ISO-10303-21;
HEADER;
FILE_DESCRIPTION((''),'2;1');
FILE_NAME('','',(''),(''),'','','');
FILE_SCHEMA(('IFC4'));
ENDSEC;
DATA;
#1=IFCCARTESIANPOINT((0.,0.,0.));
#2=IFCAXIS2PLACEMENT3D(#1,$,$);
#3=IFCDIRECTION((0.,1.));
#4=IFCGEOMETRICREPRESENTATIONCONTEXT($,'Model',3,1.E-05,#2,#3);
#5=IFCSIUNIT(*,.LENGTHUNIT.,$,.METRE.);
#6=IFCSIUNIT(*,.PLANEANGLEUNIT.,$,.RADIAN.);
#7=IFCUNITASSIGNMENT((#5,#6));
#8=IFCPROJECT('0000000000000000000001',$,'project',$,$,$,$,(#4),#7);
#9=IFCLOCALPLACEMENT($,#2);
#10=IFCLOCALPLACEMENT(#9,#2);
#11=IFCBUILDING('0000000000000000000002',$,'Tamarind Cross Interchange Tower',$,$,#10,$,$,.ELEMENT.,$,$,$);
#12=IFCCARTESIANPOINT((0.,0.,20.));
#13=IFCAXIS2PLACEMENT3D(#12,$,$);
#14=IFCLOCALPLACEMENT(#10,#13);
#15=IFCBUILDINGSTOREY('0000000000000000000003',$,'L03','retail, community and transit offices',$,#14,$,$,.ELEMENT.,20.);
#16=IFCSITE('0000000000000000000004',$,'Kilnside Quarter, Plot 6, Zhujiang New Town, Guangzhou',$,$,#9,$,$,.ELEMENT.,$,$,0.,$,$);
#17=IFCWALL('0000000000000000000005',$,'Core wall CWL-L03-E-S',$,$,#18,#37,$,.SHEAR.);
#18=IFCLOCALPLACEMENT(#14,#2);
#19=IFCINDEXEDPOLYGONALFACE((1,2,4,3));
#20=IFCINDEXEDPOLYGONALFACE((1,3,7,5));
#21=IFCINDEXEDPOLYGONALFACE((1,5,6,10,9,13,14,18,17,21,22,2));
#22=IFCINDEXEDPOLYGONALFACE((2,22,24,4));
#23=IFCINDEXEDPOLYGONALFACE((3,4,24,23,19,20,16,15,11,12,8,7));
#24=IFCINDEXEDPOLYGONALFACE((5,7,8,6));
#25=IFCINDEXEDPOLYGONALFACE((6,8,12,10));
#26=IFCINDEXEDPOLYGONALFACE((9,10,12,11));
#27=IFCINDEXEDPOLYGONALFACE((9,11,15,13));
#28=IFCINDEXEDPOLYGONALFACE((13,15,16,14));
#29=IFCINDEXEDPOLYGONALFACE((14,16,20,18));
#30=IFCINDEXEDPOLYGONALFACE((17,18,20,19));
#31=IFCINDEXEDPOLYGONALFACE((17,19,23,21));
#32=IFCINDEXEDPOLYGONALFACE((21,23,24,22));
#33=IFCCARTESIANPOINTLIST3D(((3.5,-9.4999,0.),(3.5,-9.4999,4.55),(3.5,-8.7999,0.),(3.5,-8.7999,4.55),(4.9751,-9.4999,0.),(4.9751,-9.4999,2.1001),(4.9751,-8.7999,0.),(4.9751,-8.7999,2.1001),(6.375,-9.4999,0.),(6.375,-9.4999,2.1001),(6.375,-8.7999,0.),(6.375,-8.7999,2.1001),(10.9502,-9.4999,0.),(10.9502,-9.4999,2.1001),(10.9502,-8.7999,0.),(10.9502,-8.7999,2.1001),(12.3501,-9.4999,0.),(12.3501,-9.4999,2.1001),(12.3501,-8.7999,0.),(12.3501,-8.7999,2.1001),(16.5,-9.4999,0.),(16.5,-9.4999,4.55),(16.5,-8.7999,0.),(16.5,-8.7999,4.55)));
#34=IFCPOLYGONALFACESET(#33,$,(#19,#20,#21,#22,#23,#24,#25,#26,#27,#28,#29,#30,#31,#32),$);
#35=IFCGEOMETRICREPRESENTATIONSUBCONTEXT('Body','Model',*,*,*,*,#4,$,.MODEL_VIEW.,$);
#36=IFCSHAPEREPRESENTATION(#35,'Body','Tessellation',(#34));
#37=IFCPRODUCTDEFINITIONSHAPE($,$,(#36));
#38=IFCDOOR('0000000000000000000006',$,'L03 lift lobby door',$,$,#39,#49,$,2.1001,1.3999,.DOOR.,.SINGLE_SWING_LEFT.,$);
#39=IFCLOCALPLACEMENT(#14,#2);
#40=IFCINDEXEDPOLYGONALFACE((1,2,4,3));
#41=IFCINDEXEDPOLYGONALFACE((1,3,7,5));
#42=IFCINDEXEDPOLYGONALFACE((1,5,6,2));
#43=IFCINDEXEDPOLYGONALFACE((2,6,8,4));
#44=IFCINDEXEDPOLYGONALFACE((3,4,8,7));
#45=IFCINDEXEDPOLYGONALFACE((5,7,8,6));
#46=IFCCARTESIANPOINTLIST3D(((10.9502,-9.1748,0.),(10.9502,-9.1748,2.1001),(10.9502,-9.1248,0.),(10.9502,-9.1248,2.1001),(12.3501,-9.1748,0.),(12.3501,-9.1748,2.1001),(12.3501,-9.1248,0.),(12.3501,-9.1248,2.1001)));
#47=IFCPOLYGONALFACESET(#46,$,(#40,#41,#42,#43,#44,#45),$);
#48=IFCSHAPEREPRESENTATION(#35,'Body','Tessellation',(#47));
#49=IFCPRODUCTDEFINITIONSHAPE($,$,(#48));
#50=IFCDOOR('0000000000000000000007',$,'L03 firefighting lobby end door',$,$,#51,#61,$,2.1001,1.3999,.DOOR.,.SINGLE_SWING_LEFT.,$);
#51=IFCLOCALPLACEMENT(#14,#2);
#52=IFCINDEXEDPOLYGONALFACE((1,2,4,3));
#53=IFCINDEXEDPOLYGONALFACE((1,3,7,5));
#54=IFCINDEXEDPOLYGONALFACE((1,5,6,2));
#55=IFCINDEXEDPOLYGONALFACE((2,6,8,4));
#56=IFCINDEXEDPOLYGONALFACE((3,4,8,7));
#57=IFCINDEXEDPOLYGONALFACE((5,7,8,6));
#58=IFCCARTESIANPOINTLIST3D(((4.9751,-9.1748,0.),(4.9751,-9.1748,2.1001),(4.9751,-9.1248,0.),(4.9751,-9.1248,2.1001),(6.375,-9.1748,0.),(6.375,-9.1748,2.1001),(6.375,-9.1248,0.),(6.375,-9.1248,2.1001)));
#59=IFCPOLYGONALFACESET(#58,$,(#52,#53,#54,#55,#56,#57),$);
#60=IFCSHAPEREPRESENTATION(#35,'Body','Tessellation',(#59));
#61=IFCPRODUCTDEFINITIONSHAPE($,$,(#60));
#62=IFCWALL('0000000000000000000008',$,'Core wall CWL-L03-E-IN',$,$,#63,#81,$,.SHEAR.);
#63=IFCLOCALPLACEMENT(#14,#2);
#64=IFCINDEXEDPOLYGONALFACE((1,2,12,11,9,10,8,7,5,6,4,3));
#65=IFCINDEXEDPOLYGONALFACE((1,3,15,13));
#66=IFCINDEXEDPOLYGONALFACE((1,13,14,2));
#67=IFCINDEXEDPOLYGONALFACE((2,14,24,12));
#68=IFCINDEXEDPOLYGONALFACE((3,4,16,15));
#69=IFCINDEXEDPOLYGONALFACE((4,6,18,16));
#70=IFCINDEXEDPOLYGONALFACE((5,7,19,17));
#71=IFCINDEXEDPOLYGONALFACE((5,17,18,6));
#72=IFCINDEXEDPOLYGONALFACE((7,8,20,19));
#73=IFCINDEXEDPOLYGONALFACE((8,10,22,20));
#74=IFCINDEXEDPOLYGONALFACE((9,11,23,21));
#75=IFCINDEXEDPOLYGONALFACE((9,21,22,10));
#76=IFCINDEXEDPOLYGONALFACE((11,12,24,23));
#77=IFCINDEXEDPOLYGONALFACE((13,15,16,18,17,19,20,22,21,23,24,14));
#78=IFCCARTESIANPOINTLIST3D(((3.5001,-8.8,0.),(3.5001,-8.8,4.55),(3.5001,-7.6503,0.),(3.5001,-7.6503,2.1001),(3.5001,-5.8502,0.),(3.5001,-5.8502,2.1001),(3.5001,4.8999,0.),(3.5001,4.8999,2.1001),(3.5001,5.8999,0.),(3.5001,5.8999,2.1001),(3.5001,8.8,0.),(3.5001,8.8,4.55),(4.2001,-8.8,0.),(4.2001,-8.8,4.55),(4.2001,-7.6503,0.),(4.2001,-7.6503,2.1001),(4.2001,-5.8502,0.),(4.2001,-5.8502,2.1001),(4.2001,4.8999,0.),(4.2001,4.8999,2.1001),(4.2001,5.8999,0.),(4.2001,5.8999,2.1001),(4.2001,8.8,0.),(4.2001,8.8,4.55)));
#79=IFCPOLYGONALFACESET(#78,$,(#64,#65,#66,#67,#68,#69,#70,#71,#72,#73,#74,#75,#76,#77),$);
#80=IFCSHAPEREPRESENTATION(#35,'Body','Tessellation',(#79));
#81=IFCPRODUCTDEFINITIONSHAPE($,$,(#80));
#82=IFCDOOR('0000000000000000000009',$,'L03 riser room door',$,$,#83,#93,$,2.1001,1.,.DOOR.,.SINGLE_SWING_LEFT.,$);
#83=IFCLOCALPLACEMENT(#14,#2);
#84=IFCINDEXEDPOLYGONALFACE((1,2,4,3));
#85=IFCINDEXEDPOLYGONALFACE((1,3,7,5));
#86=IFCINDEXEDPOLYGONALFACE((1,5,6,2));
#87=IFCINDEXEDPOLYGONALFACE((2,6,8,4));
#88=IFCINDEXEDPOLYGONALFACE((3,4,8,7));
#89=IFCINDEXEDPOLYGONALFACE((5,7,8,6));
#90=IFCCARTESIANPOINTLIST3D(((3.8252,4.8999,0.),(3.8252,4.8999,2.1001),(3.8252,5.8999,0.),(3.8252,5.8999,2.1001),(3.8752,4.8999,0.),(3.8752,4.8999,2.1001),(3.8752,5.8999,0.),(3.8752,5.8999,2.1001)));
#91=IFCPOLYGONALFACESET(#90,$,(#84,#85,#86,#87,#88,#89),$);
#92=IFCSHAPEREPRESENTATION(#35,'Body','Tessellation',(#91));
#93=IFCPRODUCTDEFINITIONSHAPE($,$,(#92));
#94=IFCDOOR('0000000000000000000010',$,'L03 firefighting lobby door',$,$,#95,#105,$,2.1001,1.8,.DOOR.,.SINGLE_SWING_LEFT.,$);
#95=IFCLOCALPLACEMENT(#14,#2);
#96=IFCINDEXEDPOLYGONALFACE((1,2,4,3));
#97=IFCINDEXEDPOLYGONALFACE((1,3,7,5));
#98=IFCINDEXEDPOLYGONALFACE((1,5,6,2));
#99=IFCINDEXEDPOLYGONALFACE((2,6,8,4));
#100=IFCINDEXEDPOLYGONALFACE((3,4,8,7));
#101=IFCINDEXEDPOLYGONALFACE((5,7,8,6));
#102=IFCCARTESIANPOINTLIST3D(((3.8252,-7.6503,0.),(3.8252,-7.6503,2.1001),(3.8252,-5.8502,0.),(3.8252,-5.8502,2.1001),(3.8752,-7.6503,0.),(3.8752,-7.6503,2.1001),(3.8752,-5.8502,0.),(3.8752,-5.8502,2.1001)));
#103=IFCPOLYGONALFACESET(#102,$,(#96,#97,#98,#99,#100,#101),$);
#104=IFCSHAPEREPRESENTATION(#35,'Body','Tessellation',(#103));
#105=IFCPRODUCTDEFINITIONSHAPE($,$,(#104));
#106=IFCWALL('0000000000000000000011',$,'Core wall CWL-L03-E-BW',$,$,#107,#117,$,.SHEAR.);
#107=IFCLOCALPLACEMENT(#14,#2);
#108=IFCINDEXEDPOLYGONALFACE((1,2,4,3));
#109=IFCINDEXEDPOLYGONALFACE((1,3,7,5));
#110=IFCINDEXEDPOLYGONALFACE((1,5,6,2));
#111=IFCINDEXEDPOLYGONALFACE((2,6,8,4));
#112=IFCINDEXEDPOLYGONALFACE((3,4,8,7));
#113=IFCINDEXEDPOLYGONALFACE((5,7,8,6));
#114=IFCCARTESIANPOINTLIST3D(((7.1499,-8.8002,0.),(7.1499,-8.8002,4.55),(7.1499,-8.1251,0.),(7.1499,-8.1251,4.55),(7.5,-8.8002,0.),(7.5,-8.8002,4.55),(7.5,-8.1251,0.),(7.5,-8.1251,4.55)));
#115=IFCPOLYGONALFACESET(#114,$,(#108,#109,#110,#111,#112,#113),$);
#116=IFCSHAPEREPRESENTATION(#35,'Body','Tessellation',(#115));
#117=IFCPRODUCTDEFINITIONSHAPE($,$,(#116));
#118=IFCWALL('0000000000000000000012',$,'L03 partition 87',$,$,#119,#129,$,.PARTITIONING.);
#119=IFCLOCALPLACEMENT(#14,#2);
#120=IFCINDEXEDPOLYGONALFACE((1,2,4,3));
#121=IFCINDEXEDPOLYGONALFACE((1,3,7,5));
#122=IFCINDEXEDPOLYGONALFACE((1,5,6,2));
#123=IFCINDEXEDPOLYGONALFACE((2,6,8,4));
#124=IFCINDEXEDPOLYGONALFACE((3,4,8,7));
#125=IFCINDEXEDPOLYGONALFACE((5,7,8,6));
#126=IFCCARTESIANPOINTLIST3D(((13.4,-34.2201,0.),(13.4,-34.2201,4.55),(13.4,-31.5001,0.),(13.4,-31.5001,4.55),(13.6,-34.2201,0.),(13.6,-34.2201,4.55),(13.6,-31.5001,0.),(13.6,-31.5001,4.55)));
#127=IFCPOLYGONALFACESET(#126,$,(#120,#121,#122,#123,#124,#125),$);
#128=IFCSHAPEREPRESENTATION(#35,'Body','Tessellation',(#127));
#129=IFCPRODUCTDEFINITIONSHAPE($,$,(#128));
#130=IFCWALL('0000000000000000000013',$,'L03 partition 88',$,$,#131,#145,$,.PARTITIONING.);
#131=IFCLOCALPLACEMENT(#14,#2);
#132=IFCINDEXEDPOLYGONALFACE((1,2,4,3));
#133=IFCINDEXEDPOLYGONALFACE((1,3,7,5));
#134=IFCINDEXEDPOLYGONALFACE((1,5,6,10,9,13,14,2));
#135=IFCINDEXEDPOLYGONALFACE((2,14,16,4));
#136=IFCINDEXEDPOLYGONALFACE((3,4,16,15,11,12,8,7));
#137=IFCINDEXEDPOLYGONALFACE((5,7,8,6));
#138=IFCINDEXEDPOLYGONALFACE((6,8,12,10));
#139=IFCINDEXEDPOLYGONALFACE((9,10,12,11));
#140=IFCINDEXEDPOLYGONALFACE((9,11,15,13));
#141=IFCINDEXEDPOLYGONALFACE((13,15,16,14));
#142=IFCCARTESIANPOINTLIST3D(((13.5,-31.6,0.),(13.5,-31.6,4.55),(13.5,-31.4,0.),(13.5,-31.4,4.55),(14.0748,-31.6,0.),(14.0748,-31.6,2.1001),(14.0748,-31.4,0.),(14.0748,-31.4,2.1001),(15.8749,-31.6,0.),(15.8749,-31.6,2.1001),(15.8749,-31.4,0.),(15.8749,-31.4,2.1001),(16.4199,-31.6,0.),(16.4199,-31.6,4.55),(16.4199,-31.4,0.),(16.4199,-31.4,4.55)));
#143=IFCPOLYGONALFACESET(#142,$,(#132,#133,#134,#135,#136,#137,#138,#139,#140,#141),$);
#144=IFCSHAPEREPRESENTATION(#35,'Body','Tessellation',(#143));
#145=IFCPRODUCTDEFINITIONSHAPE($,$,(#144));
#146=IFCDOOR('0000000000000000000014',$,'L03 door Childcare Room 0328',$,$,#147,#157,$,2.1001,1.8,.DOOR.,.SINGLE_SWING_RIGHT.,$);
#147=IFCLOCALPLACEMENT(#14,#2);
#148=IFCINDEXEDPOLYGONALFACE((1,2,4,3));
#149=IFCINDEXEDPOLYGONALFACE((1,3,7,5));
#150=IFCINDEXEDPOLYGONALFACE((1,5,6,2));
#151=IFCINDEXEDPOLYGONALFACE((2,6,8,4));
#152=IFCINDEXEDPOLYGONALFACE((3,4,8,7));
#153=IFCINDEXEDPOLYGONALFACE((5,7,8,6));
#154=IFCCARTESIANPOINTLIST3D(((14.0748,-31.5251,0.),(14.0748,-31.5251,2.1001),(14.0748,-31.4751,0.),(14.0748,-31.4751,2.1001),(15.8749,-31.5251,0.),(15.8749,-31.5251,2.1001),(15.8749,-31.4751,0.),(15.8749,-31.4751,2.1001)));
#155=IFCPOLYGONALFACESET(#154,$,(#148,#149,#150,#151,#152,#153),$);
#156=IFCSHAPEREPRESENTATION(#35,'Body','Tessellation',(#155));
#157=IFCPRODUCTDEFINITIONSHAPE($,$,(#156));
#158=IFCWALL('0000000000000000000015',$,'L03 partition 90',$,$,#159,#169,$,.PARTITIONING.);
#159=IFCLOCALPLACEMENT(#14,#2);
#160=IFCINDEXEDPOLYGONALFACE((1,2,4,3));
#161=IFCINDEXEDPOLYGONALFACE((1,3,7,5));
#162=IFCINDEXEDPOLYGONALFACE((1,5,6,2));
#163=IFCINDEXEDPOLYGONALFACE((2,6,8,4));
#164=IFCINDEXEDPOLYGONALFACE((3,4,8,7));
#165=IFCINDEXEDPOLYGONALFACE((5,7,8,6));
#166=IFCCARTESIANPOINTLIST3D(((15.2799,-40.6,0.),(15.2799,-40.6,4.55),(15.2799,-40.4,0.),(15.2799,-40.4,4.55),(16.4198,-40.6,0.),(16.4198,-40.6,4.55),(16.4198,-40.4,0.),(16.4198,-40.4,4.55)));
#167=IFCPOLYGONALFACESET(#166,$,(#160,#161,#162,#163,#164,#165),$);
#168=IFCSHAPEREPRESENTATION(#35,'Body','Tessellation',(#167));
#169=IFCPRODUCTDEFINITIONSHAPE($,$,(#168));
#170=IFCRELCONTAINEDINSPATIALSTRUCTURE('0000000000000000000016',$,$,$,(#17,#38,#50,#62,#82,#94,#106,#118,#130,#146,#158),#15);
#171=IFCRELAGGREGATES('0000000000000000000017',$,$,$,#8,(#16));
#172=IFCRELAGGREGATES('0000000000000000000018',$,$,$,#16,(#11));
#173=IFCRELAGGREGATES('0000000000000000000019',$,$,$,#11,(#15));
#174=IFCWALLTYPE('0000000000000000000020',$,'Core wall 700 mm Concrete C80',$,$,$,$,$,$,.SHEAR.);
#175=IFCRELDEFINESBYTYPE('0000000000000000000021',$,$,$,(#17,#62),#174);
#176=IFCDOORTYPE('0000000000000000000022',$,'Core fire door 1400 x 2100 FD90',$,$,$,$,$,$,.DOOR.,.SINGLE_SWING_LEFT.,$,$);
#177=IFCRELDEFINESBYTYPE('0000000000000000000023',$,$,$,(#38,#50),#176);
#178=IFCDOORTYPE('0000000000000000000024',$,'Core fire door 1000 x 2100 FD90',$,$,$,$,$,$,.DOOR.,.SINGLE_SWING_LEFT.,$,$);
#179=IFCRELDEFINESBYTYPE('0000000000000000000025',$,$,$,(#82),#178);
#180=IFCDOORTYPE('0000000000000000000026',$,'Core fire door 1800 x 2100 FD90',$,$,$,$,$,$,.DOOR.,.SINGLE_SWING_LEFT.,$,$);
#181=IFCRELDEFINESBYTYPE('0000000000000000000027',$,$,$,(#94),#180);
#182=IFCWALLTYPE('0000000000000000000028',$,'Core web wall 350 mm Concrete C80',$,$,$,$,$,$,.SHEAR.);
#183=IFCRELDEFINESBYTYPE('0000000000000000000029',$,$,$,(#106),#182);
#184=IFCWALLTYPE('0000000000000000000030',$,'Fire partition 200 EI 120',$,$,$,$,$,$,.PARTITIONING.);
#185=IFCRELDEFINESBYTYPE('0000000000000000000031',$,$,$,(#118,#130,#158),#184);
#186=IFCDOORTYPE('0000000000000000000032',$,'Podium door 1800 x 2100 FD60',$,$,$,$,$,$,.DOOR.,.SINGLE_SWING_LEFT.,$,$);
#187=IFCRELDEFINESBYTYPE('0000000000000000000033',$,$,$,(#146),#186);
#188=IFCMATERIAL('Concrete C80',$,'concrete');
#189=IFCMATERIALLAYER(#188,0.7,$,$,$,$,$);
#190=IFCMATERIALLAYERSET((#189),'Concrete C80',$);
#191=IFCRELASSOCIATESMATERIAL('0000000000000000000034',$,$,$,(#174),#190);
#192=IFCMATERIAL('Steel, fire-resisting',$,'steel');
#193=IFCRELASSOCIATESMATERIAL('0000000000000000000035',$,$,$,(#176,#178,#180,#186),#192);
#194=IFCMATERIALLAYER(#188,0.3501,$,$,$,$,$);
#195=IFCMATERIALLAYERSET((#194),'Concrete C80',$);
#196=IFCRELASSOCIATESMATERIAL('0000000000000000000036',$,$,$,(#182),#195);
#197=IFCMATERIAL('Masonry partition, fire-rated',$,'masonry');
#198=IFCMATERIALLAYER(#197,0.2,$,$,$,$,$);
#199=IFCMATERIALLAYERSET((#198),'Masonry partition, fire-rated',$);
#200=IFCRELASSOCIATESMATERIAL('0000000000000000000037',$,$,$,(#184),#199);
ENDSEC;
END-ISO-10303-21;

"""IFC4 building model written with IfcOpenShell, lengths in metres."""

from ifc_helpers import new_model, si_unit, direction, frame, frame_2d, origin, place, context, subcontext, project, spatial, rectangle, extrude, material, layer, layer_set, type_object, element, fill, save


model = new_model("IFC4")

# Units and contexts
model_context = context("Model", 3, precision=1e-05, world=origin(), true_north=direction((0.0, 1.0)))
body_context = subcontext(model_context, "Body", "Model", "MODEL_VIEW")
ifc_project = project(units=[si_unit("LENGTHUNIT", "METRE"), si_unit("PLANEANGLEUNIT", "RADIAN")], contexts=[model_context])

# Site, building, storey
site_placement = place(None, origin())
site = spatial("IfcSite", under=ifc_project, at=site_placement, Name="Kilnside Quarter, Plot 6, Zhujiang New Town, Guangzhou", CompositionType="ELEMENT", RefElevation=0.0)
building_placement = place(site_placement, origin())
building = spatial("IfcBuilding", under=site, at=building_placement, Name="Tamarind Cross Interchange Tower", CompositionType="ELEMENT")
storey_placement = place(building_placement, frame((0.0, 0.0, 20.0)))
storey = spatial("IfcBuildingStorey", under=building, at=storey_placement, Name="L03", Description="retail, community and transit offices", CompositionType="ELEMENT", Elevation=20.0)

# Shared definitions
ifc_material_1 = material(Name="Concrete C80", Category="concrete")

# Walls, openings, doors
ifc_layer_1 = layer(ifc_material_1, 0.7)
ifc_layer_set_1 = layer_set([ifc_layer_1], Name="Concrete C80")
wall_type_1 = type_object("IfcWallType", Name="Core wall 700 mm Concrete C80", PredefinedType="SHEAR", material=ifc_layer_set_1)
wall_1_placement = place(storey_placement, frame((16.5, -9.1499, 0.0), z_axis=(0.0, 0.0, 1.0), x_axis=(-1.0, 0.0, 0.0)))
wall_1 = element("IfcWall", 1, at=wall_1_placement, inside=storey, type_object=wall_type_1, Name="Core wall CWL-L03-E-S", PredefinedType="SHEAR", context=body_context, shape_type="SweptSolid", body=[
    extrude(rectangle(XDim=13.0, YDim=0.7, at=frame_2d((6.5, 0.0))), origin(), (0.0, 0.0, 1.0), 4.55),
])
opening_1_placement = place(wall_1_placement, frame((4.1499, 0.0, 0.0)))
opening_1 = element("IfcOpeningElement", 2, at=opening_1_placement, cuts=wall_1, PredefinedType="OPENING", context=body_context, shape_type="SweptSolid", body=[
    extrude(rectangle(XDim=1.3999, YDim=2.1001, at=frame_2d((0.7, 1.05))), frame((0.0, 0.3599, 0.0), z_axis=(0.0, -1.0, 0.0), x_axis=(1.0, 0.0, 0.0)), (0.0, 0.0, 1.0), 0.72),
])
opening_2_placement = place(wall_1_placement, frame((10.125, 0.0, 0.0)))
opening_2 = element("IfcOpeningElement", 3, at=opening_2_placement, cuts=wall_1, PredefinedType="OPENING", context=body_context, shape_type="SweptSolid", body=[
    extrude(rectangle(XDim=1.3999, YDim=2.1001, at=frame_2d((0.7, 1.05))), frame((0.0, 0.3599, 0.0), z_axis=(0.0, -1.0, 0.0), x_axis=(1.0, 0.0, 0.0)), (0.0, 0.0, 1.0), 0.72),
])
ifc_material_2 = material(Name="Steel, fire-resisting", Category="steel")
door_type_1 = type_object("IfcDoorType", Name="Core fire door 1400 x 2100 FD90", OperationType="SINGLE_SWING_LEFT", PredefinedType="DOOR", material=ifc_material_2)
door_1_placement = place(opening_1_placement, origin())
door_1 = element("IfcDoor", 4, at=door_1_placement, inside=storey, type_object=door_type_1, Name="L03 lift lobby door", OperationType="SINGLE_SWING_LEFT", OverallHeight=2.1001, OverallWidth=1.3999, PredefinedType="DOOR", context=body_context, shape_type="SweptSolid", body=[
    extrude(rectangle(XDim=1.3999, YDim=2.1001, at=frame_2d((0.7, 1.05))), frame((0.0, 0.0249, 0.0), z_axis=(0.0, -1.0, 0.0), x_axis=(1.0, 0.0, 0.0)), (0.0, 0.0, 1.0), 0.05),
])
fill(opening_1, door_1)
door_2_placement = place(opening_2_placement, origin())
door_2 = element("IfcDoor", 5, at=door_2_placement, inside=storey, type_object=door_type_1, Name="L03 firefighting lobby end door", OperationType="SINGLE_SWING_LEFT", OverallHeight=2.1001, OverallWidth=1.3999, PredefinedType="DOOR", context=body_context, shape_type="SweptSolid", body=[
    extrude(rectangle(XDim=1.3999, YDim=2.1001, at=frame_2d((0.7, 1.05))), frame((0.0, 0.0249, 0.0), z_axis=(0.0, -1.0, 0.0), x_axis=(1.0, 0.0, 0.0)), (0.0, 0.0, 1.0), 0.05),
])
fill(opening_2, door_2)
wall_2_placement = place(storey_placement, frame((3.8501, -8.8, 0.0), z_axis=(0.0, 0.0, 1.0), x_axis=(0.0, 1.0, 0.0)))
wall_2 = element("IfcWall", 6, at=wall_2_placement, inside=storey, type_object=wall_type_1, Name="Core wall CWL-L03-E-IN", PredefinedType="SHEAR", context=body_context, shape_type="SweptSolid", body=[
    extrude(rectangle(XDim=17.6001, YDim=0.7, at=frame_2d((8.8, 0.0))), origin(), (0.0, 0.0, 1.0), 4.55),
])
opening_3_placement = place(wall_2_placement, frame((1.1499, 0.0, 0.0)))
opening_3 = element("IfcOpeningElement", 7, at=opening_3_placement, cuts=wall_2, PredefinedType="OPENING", context=body_context, shape_type="SweptSolid", body=[
    extrude(rectangle(XDim=1.8, YDim=2.1001, at=frame_2d((0.8999, 1.05))), frame((0.0, 0.3599, 0.0), z_axis=(0.0, -1.0, 0.0), x_axis=(1.0, 0.0, 0.0)), (0.0, 0.0, 1.0), 0.72),
])
opening_4_placement = place(wall_2_placement, frame((13.7, 0.0, 0.0)))
opening_4 = element("IfcOpeningElement", 8, at=opening_4_placement, cuts=wall_2, PredefinedType="OPENING", context=body_context, shape_type="SweptSolid", body=[
    extrude(rectangle(XDim=1.0, YDim=2.1001, at=frame_2d((0.5, 1.05))), frame((0.0, 0.3599, 0.0), z_axis=(0.0, -1.0, 0.0), x_axis=(1.0, 0.0, 0.0)), (0.0, 0.0, 1.0), 0.72),
])
door_type_2 = type_object("IfcDoorType", Name="Core fire door 1000 x 2100 FD90", OperationType="SINGLE_SWING_LEFT", PredefinedType="DOOR", material=ifc_material_2)
door_3_placement = place(opening_4_placement, origin())
door_3 = element("IfcDoor", 9, at=door_3_placement, inside=storey, type_object=door_type_2, Name="L03 riser room door", OperationType="SINGLE_SWING_LEFT", OverallHeight=2.1001, OverallWidth=1.0, PredefinedType="DOOR", context=body_context, shape_type="SweptSolid", body=[
    extrude(rectangle(XDim=1.0, YDim=2.1001, at=frame_2d((0.5, 1.05))), frame((0.0, 0.0249, 0.0), z_axis=(0.0, -1.0, 0.0), x_axis=(1.0, 0.0, 0.0)), (0.0, 0.0, 1.0), 0.05),
])
fill(opening_4, door_3)
door_type_3 = type_object("IfcDoorType", Name="Core fire door 1800 x 2100 FD90", OperationType="SINGLE_SWING_LEFT", PredefinedType="DOOR", material=ifc_material_2)
door_4_placement = place(opening_3_placement, origin())
door_4 = element("IfcDoor", 10, at=door_4_placement, inside=storey, type_object=door_type_3, Name="L03 firefighting lobby door", OperationType="SINGLE_SWING_LEFT", OverallHeight=2.1001, OverallWidth=1.8, PredefinedType="DOOR", context=body_context, shape_type="SweptSolid", body=[
    extrude(rectangle(XDim=1.8, YDim=2.1001, at=frame_2d((0.8999, 1.05))), frame((0.0, 0.0249, 0.0), z_axis=(0.0, -1.0, 0.0), x_axis=(1.0, 0.0, 0.0)), (0.0, 0.0, 1.0), 0.05),
])
fill(opening_3, door_4)

# Walls
ifc_layer_2 = layer(ifc_material_1, 0.3501)
ifc_layer_set_2 = layer_set([ifc_layer_2], Name="Concrete C80")
wall_type_2 = type_object("IfcWallType", Name="Core web wall 350 mm Concrete C80", PredefinedType="SHEAR", material=ifc_layer_set_2)
wall_3_placement = place(storey_placement, frame((7.325, -8.8, 0.0), z_axis=(0.0, 0.0, 1.0), x_axis=(0.0, 1.0, 0.0)))
element("IfcWall", 11, at=wall_3_placement, inside=storey, type_object=wall_type_2, Name="Core wall CWL-L03-E-BW", PredefinedType="SHEAR", context=body_context, shape_type="SweptSolid", body=[
    extrude(rectangle(XDim=0.675, YDim=0.3501, at=frame_2d((0.3374, 0.0))), origin(), (0.0, 0.0, 1.0), 4.55),
])
ifc_material_3 = material(Name="Masonry partition, fire-rated", Category="masonry")
ifc_layer_3 = layer(ifc_material_3, 0.2)
ifc_layer_set_3 = layer_set([ifc_layer_3], Name="Masonry partition, fire-rated")
wall_type_3 = type_object("IfcWallType", Name="Fire partition 200 EI 120", PredefinedType="PARTITIONING", material=ifc_layer_set_3)
wall_4_placement = place(storey_placement, frame((13.5, -34.22, 0.0), z_axis=(0.0, 0.0, 1.0), x_axis=(0.0, 1.0, 0.0)))
element("IfcWall", 12, at=wall_4_placement, inside=storey, type_object=wall_type_3, Name="L03 partition 87", PredefinedType="PARTITIONING", context=body_context, shape_type="SweptSolid", body=[
    extrude(rectangle(XDim=2.72, YDim=0.2, at=frame_2d((1.3599, 0.0))), origin(), (0.0, 0.0, 1.0), 4.55),
])

# Wall, opening, door
wall_5_placement = place(storey_placement, frame((13.5, -31.5, 0.0), z_axis=(0.0, 0.0, 1.0), x_axis=(1.0, 0.0, 0.0)))
wall_5 = element("IfcWall", 13, at=wall_5_placement, inside=storey, type_object=wall_type_3, Name="L03 partition 88", PredefinedType="PARTITIONING", context=body_context, shape_type="SweptSolid", body=[
    extrude(rectangle(XDim=2.9199, YDim=0.2, at=frame_2d((1.46, 0.0))), origin(), (0.0, 0.0, 1.0), 4.55),
])
opening_5_placement = place(wall_5_placement, frame((0.575, 0.0, 0.0)))
opening_5 = element("IfcOpeningElement", 14, at=opening_5_placement, cuts=wall_5, PredefinedType="OPENING", context=body_context, shape_type="SweptSolid", body=[
    extrude(rectangle(XDim=1.8, YDim=2.1001, at=frame_2d((0.8999, 1.05))), frame((0.0, 0.1099, 0.0), z_axis=(0.0, -1.0, 0.0), x_axis=(1.0, 0.0, 0.0)), (0.0, 0.0, 1.0), 0.22),
])
door_type_4 = type_object("IfcDoorType", Name="Podium door 1800 x 2100 FD60", OperationType="SINGLE_SWING_LEFT", PredefinedType="DOOR", material=ifc_material_2)
door_5_placement = place(opening_5_placement, origin())
door_5 = element("IfcDoor", 15, at=door_5_placement, inside=storey, type_object=door_type_4, Name="L03 door Childcare Room 0328", OperationType="SINGLE_SWING_RIGHT", OverallHeight=2.1001, OverallWidth=1.8, PredefinedType="DOOR", context=body_context, shape_type="SweptSolid", body=[
    extrude(rectangle(XDim=1.8, YDim=2.1001, at=frame_2d((0.8999, 1.05))), frame((0.0, 0.0249, 0.0), z_axis=(0.0, -1.0, 0.0), x_axis=(1.0, 0.0, 0.0)), (0.0, 0.0, 1.0), 0.05),
])
fill(opening_5, door_5)

# Wall
wall_6_placement = place(storey_placement, frame((15.28, -40.5, 0.0), z_axis=(0.0, 0.0, 1.0), x_axis=(1.0, 0.0, 0.0)))
element("IfcWall", 16, at=wall_6_placement, inside=storey, type_object=wall_type_3, Name="L03 partition 90", PredefinedType="PARTITIONING", context=body_context, shape_type="SweptSolid", body=[
    extrude(rectangle(XDim=1.1399, YDim=0.2, at=frame_2d((0.5698, 0.0))), origin(), (0.0, 0.0, 1.0), 4.55),
])

save(model, "model.ifc")
